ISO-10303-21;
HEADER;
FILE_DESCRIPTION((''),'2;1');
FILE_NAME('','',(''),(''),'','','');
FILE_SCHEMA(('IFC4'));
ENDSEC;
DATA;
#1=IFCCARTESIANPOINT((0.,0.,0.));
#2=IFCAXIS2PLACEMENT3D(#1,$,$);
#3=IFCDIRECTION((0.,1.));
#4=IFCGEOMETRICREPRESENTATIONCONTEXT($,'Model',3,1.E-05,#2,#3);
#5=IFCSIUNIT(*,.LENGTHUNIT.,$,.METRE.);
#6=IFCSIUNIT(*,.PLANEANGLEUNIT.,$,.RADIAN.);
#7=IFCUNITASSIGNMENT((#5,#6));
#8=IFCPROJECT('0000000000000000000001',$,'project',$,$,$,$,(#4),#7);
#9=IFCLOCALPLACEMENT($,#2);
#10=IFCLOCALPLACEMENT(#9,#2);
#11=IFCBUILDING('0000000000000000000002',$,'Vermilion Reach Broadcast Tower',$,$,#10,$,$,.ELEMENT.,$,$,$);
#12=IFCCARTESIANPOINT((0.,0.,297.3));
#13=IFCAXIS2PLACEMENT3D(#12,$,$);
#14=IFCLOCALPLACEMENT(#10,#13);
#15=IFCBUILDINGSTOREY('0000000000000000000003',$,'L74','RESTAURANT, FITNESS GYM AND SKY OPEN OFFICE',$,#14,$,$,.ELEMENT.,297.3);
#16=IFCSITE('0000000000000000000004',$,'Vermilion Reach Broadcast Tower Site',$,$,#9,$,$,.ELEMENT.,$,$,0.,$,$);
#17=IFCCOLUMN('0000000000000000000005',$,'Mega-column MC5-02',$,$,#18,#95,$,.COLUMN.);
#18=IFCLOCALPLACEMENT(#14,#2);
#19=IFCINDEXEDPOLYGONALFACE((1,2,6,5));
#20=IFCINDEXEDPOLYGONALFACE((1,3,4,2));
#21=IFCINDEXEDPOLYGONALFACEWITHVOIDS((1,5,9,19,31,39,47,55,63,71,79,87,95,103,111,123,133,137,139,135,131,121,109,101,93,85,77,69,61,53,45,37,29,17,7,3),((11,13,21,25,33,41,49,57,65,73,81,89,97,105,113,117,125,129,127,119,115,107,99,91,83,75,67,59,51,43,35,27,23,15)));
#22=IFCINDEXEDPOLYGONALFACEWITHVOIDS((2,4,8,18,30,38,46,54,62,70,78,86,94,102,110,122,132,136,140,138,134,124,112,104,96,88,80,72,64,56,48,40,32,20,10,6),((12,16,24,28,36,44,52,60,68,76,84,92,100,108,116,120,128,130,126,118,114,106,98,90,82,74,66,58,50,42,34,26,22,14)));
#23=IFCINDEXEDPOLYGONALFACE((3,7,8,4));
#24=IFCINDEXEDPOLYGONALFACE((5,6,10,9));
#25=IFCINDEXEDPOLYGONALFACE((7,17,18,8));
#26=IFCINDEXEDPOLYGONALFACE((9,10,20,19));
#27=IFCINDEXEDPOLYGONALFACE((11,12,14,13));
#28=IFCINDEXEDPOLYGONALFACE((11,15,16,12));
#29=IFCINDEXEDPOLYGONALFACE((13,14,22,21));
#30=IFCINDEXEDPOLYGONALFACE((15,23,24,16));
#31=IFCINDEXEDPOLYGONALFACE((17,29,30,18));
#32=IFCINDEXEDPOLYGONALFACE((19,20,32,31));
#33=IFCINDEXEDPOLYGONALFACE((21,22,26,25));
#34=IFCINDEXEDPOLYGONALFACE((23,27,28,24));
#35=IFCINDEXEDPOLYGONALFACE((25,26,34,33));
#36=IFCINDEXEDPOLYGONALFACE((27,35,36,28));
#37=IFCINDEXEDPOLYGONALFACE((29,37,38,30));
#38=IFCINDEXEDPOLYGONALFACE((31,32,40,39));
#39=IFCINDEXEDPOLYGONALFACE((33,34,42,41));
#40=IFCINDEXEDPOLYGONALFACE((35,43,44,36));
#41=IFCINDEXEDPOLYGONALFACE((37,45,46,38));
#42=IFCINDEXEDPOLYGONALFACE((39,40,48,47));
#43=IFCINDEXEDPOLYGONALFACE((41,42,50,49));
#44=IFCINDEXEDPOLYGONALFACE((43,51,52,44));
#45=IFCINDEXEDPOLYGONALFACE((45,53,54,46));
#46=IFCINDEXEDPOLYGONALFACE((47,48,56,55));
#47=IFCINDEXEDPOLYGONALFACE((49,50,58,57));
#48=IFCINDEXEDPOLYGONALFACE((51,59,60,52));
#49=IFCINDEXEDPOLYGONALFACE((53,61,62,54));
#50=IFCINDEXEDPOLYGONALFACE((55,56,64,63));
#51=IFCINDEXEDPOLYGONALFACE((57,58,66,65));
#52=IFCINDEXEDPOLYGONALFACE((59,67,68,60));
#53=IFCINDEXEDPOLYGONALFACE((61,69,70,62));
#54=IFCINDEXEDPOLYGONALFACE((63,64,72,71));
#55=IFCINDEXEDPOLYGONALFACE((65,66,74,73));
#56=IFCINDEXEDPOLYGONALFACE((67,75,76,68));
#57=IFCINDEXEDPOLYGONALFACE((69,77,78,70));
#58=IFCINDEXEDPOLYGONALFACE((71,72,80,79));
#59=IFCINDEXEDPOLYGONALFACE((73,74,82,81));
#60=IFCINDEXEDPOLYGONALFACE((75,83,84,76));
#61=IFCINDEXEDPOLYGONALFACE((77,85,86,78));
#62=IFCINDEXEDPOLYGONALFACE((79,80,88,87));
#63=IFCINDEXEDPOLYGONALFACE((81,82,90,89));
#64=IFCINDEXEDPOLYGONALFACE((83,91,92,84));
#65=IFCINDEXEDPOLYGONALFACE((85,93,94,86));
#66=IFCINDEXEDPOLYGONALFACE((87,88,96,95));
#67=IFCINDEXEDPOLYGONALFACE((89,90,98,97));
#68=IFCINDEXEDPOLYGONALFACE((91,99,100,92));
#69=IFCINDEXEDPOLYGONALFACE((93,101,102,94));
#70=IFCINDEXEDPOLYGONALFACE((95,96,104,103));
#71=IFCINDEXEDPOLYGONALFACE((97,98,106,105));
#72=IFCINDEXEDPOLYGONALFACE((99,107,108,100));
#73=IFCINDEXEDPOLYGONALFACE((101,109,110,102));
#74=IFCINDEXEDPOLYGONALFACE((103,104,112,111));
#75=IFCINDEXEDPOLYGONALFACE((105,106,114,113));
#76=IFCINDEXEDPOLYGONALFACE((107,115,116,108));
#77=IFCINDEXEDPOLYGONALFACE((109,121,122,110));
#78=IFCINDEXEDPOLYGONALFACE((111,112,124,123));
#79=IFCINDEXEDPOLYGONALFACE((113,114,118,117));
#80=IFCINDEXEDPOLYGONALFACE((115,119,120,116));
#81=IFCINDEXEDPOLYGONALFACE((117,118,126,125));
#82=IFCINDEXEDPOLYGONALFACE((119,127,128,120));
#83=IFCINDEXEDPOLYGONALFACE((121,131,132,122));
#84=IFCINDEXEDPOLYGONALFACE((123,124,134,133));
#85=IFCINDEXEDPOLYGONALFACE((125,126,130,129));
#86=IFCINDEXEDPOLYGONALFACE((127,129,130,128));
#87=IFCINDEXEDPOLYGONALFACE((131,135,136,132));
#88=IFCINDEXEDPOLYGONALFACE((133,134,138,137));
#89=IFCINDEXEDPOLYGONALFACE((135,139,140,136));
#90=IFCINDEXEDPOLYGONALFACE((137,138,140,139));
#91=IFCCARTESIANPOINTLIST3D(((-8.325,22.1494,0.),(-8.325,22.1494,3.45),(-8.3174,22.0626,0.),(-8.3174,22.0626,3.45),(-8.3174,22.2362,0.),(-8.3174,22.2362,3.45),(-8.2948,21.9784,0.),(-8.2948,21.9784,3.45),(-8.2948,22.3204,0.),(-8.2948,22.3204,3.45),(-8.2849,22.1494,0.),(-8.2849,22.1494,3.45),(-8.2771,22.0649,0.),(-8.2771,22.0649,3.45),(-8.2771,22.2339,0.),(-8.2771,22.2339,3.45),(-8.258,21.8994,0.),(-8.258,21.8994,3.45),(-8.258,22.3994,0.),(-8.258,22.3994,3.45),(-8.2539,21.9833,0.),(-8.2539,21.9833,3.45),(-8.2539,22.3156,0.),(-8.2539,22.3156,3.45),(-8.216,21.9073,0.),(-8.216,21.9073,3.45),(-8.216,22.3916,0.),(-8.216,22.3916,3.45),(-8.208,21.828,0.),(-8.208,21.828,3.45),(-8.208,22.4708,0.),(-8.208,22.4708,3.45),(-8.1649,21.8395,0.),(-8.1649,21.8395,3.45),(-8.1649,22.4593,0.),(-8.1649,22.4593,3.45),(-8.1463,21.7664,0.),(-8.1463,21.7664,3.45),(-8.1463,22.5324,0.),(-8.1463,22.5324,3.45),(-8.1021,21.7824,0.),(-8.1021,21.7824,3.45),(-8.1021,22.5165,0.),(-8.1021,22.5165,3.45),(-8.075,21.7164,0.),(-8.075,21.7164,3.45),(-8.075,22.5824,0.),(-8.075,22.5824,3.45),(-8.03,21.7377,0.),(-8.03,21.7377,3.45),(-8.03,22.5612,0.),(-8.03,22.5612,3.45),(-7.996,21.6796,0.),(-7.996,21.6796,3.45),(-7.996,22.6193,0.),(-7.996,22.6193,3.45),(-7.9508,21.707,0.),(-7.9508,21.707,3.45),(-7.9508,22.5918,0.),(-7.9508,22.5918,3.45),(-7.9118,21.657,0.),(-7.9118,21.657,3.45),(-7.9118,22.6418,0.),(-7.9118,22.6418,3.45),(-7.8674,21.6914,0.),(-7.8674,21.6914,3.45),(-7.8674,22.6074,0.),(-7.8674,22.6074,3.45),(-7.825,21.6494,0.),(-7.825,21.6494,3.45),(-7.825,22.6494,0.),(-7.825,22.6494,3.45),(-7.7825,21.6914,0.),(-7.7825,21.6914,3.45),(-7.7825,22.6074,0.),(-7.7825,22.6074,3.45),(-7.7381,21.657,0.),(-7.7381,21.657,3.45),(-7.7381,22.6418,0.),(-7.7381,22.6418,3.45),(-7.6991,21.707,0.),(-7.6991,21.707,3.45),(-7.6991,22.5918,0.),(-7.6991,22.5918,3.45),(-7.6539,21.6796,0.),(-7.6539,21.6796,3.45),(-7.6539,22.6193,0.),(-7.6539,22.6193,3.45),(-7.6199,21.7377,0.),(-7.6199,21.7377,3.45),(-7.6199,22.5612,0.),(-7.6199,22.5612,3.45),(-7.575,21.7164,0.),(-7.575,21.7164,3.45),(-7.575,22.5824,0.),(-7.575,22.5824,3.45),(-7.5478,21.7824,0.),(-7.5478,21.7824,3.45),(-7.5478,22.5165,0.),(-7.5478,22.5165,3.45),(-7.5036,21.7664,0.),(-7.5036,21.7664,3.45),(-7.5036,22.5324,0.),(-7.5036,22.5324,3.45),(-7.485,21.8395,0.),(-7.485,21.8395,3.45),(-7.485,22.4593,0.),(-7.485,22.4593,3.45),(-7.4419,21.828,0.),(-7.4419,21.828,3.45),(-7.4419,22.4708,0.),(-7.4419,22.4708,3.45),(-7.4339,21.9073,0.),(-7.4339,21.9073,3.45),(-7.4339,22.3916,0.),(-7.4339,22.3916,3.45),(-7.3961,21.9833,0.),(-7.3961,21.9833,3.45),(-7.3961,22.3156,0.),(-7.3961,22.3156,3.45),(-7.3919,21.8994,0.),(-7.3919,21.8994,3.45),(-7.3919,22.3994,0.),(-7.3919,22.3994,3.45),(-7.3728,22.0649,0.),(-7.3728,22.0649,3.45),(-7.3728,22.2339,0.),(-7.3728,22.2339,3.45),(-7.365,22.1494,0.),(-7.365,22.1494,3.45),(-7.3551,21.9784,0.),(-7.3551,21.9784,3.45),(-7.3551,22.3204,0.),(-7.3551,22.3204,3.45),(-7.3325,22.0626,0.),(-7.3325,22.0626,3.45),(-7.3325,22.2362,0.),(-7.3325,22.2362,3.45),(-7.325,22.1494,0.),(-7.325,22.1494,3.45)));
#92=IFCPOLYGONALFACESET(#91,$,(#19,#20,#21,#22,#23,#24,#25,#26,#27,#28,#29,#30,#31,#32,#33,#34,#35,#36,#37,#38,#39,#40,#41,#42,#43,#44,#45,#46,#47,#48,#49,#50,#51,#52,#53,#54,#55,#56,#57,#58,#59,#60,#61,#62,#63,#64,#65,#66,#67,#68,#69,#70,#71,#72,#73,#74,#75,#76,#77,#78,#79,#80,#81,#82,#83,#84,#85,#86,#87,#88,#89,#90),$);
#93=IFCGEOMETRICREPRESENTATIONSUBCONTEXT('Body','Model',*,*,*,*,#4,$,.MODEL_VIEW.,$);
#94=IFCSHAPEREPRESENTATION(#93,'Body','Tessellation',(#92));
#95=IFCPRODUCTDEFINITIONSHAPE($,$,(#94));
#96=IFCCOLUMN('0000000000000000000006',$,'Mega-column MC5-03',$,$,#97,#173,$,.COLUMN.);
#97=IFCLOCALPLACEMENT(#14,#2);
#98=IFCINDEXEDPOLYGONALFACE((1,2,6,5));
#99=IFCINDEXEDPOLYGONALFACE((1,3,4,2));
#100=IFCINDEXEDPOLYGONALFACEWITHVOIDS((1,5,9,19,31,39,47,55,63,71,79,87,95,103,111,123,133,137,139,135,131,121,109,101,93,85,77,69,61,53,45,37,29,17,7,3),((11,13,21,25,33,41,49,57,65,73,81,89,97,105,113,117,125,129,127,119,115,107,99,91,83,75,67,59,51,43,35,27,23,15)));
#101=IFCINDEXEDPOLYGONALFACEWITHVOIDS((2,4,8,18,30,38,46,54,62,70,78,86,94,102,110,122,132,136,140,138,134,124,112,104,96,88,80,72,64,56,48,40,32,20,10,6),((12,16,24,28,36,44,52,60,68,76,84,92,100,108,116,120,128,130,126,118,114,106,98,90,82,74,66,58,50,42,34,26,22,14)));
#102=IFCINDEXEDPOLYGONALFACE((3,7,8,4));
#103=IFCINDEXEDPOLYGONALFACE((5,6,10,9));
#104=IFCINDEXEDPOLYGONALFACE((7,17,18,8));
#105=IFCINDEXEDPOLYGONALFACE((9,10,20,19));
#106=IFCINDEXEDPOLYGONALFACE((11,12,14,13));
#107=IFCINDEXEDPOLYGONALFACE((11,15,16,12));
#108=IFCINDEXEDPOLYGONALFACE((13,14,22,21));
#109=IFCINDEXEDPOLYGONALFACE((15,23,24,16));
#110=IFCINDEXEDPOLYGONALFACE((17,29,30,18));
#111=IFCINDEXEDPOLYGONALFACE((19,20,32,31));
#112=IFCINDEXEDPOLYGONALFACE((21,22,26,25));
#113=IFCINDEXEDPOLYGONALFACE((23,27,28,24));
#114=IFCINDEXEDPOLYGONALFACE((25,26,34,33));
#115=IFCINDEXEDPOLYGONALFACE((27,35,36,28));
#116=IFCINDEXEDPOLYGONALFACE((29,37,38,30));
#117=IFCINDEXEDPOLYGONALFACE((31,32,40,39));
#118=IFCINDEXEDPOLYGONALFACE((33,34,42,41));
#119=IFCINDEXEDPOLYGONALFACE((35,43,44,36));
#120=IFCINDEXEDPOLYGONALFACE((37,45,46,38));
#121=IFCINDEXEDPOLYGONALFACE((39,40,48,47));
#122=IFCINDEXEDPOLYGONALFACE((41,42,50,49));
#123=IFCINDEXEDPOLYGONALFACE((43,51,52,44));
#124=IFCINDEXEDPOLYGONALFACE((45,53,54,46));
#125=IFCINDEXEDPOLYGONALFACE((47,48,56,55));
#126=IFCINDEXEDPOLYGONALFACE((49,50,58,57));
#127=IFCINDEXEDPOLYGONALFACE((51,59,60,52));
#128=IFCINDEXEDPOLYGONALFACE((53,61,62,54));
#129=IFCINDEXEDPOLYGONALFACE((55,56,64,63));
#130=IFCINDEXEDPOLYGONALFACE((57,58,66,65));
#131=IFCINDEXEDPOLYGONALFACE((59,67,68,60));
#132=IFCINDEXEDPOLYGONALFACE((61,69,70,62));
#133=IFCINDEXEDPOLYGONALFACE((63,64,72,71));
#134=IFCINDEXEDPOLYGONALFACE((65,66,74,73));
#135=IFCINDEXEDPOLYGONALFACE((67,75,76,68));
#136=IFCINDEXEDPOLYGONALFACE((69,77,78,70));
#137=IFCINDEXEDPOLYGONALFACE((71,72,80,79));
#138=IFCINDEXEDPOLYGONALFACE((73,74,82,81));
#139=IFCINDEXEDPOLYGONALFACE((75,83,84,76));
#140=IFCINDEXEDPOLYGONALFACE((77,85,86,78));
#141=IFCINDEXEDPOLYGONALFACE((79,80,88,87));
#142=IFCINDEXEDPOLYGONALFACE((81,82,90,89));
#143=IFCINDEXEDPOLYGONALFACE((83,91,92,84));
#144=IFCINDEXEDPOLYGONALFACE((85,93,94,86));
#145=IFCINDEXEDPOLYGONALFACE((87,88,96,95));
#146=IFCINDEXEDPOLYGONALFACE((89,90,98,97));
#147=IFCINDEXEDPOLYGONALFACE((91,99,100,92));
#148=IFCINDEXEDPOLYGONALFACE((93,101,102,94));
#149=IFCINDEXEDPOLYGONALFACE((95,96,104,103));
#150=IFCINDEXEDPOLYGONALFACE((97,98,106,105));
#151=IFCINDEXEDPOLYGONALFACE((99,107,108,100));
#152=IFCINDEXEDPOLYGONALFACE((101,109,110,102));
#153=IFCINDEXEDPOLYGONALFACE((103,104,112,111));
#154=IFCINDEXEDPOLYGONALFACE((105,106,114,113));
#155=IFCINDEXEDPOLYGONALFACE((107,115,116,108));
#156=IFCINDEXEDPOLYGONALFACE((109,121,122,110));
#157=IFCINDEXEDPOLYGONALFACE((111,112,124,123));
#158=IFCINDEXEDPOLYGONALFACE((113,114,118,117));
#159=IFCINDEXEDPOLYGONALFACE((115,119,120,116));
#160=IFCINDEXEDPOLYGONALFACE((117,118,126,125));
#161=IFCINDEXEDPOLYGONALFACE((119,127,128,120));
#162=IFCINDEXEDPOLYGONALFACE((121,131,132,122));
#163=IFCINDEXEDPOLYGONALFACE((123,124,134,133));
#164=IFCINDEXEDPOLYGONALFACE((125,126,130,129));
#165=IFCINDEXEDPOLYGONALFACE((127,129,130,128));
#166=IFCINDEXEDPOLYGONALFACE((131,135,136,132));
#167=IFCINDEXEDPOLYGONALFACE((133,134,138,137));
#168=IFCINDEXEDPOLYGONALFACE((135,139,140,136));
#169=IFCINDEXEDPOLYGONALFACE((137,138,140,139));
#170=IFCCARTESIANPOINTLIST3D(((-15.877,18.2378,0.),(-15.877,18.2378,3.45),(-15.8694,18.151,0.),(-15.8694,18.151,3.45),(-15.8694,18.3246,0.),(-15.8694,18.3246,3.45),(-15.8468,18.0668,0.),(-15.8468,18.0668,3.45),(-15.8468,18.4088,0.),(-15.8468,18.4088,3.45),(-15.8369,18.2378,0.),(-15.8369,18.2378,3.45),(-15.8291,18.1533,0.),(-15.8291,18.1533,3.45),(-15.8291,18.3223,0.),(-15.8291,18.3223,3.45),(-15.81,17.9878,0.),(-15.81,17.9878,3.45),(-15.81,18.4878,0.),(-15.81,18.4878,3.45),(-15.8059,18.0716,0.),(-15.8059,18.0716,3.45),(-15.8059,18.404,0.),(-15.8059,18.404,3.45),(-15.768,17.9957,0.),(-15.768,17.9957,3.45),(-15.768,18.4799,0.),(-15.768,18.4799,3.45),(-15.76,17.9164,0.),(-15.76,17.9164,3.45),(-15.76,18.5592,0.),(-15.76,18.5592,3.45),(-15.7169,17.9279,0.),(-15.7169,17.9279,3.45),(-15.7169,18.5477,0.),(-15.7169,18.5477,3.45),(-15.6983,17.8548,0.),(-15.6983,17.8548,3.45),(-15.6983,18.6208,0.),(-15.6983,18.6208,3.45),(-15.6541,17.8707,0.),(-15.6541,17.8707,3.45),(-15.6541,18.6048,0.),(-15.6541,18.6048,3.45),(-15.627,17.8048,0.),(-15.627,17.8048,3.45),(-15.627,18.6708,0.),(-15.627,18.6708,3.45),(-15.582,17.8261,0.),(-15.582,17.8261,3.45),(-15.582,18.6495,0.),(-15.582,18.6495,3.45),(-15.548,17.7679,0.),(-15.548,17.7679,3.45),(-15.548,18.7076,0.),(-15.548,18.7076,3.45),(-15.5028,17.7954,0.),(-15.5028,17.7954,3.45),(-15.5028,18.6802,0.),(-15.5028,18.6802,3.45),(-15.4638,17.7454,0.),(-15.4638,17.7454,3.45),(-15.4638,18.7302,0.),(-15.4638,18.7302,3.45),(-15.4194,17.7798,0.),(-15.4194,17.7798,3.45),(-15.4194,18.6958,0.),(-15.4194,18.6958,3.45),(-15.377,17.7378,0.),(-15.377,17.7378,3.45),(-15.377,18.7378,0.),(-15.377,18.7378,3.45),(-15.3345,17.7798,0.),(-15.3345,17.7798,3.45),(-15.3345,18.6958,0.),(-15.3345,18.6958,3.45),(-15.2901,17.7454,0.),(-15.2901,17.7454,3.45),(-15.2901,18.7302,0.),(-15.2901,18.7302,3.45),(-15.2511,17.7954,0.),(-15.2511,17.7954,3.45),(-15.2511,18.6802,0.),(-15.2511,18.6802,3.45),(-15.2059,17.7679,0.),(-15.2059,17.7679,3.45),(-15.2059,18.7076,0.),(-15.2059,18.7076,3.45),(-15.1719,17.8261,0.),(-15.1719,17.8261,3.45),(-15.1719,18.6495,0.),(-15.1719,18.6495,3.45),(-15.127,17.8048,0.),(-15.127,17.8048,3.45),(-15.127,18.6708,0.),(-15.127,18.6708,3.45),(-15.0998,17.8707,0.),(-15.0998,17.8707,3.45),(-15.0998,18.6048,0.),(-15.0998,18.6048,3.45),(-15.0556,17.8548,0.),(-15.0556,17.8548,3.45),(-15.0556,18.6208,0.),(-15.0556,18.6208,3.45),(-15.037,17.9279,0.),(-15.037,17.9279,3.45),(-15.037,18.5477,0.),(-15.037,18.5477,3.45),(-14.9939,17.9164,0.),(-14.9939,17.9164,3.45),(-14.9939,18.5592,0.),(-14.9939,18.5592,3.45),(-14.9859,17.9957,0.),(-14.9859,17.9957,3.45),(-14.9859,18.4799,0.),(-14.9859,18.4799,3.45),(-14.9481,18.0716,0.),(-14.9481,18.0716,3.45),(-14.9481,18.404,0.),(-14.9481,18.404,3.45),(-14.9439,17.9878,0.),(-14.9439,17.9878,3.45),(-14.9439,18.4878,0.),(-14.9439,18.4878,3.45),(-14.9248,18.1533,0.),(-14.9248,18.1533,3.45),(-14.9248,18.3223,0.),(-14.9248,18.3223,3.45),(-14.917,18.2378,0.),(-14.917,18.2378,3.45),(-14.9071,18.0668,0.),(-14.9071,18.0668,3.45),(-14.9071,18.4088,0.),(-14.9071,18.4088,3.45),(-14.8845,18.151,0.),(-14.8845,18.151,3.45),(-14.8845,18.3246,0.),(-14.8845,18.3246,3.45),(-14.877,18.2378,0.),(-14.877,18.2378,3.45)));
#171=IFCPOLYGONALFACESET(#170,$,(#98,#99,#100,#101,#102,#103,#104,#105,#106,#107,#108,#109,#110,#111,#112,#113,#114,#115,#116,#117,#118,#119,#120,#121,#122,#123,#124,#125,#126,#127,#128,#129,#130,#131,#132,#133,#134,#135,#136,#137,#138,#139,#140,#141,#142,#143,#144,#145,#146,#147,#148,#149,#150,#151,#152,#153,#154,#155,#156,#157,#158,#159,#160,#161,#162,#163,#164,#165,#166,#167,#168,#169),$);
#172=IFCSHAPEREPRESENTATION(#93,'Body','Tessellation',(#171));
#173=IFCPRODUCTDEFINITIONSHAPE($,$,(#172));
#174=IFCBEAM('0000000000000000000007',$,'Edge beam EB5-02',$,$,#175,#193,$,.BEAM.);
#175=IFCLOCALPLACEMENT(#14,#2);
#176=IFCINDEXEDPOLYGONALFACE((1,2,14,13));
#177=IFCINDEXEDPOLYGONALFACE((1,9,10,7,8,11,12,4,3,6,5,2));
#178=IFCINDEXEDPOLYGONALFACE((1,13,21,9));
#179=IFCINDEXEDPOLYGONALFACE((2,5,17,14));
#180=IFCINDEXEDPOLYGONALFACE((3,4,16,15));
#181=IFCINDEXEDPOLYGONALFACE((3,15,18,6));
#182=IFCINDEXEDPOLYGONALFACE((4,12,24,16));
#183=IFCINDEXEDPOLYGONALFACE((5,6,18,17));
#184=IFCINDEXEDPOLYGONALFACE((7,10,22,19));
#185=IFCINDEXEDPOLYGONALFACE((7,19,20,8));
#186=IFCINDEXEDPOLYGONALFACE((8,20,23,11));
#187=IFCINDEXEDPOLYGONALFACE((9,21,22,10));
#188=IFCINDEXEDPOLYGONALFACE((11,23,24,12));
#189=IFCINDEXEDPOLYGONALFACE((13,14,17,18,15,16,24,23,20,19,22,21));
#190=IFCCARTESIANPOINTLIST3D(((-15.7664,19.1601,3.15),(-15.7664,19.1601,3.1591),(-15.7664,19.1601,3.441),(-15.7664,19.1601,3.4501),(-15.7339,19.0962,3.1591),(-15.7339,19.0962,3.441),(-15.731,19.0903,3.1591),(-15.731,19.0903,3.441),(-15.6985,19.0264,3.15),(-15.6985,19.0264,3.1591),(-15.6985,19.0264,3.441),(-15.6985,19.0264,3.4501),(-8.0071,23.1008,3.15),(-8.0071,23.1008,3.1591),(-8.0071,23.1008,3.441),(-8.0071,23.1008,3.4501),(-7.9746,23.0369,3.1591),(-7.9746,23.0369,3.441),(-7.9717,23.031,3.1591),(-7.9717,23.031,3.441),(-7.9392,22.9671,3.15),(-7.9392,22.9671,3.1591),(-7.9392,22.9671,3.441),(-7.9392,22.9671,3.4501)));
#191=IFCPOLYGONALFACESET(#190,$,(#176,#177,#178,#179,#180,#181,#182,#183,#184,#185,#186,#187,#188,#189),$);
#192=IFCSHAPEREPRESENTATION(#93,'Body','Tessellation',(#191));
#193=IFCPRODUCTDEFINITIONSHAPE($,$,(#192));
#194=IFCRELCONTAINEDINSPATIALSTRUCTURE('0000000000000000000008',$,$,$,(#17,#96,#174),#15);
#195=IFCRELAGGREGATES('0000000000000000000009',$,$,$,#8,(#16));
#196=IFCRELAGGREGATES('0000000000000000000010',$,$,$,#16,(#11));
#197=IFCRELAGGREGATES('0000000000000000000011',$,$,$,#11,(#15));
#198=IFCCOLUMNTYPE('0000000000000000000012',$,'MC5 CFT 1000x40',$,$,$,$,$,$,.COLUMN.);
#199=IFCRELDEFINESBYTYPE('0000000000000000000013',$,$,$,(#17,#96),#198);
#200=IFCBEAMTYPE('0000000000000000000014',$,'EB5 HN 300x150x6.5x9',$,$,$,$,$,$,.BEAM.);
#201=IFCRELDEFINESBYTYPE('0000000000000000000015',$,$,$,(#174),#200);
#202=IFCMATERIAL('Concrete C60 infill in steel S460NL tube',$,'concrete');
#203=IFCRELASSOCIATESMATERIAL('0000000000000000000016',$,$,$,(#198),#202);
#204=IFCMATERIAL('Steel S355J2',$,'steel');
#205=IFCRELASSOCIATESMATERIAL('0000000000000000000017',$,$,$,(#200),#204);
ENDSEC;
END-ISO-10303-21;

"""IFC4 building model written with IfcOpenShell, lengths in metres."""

from ifc_helpers import new_model, si_unit, direction, frame, origin, origin_2d, place, context, subcontext, project, spatial, hollow_circle, i_section, extrude, material, material_profile, profile_set, type_object, element, save


model = new_model("IFC4")

# Units and contexts
model_context = context("Model", 3, precision=1e-05, world=origin(), true_north=direction((0.0, 1.0)))
body_context = subcontext(model_context, "Body", "Model", "MODEL_VIEW")
ifc_project = project(units=[si_unit("LENGTHUNIT", "METRE"), si_unit("PLANEANGLEUNIT", "RADIAN")], contexts=[model_context])

# Site, building, storey
site_placement = place(None, origin())
site = spatial("IfcSite", under=ifc_project, at=site_placement, Name="Vermilion Reach Broadcast Tower Site", CompositionType="ELEMENT", RefElevation=0.0)
building_placement = place(site_placement, origin())
building = spatial("IfcBuilding", under=site, at=building_placement, Name="Vermilion Reach Broadcast Tower", CompositionType="ELEMENT")
storey_placement = place(building_placement, frame((0.0, 0.0, 297.3)))
storey = spatial("IfcBuildingStorey", under=building, at=storey_placement, Name="L74", Description="RESTAURANT, FITNESS GYM AND SKY OPEN OFFICE", CompositionType="ELEMENT", Elevation=297.3)

# Columns
ifc_material_1 = material(Name="Concrete C60 infill in steel S460NL tube", Category="concrete")
ifc_material_profile_1 = material_profile(ifc_material_1, hollow_circle(Radius=0.5, WallThickness=0.04, at=origin_2d()), Name="Concrete C60 infill in steel S460NL tube CFT 1000x40")
ifc_profile_set_1 = profile_set([ifc_material_profile_1], Name="Concrete C60 infill in steel S460NL tube")
column_type = type_object("IfcColumnType", Name="MC5 CFT 1000x40", PredefinedType="COLUMN", material=ifc_profile_set_1)
for number, where, z_axis, x_axis, name in (
    (1, (-7.825, 22.1494, 0.0), (0.0, 0.0, 1.0), (1.0, 0.0, 0.0), "Mega-column MC5-02"),
    (2, (-15.377, 18.2378, 0.0), (0.0, 0.0, 1.0), (1.0, 0.0, 0.0), "Mega-column MC5-03"),
):
    element("IfcColumn", number, at=place(storey_placement, frame(where, z_axis=z_axis, x_axis=x_axis)), inside=storey, type_object=column_type, Name=name, PredefinedType="COLUMN", context=body_context, shape_type="SweptSolid", body=[
        extrude(hollow_circle(Radius=0.5, WallThickness=0.04, at=origin_2d()), origin(), (0.0, 0.0, 1.0), 3.45),
    ])

# Beam
ifc_material_2 = material(Name="Steel S355J2", Category="steel")
ifc_material_profile_2 = material_profile(ifc_material_2, i_section(OverallWidth=0.1499, OverallDepth=0.3, WebThickness=0.0066, FlangeThickness=0.009, at=origin_2d()), Name="S355J2 HN 300x150x6.5x9")
ifc_profile_set_2 = profile_set([ifc_material_profile_2], Name="Steel S355J2")
beam_type_1 = type_object("IfcBeamType", Name="EB5 HN 300x150x6.5x9", PredefinedType="BEAM", material=ifc_profile_set_2)
beam_1_placement = place(storey_placement, frame((-7.9731, 23.0339, 3.3), z_axis=(-0.891604, -0.452816, 0.0), x_axis=(0.452816, -0.891604, 0.0)))
element("IfcBeam", 3, at=beam_1_placement, inside=storey, type_object=beam_type_1, Name="Edge beam EB5-02", PredefinedType="BEAM", context=body_context, shape_type="SweptSolid", body=[
    extrude(i_section(OverallWidth=0.1499, OverallDepth=0.3, WebThickness=0.0066, FlangeThickness=0.009, at=origin_2d()), origin(), (0.0, 0.0, 1.0), 8.7026),
])

save(model, "model.ifc")
